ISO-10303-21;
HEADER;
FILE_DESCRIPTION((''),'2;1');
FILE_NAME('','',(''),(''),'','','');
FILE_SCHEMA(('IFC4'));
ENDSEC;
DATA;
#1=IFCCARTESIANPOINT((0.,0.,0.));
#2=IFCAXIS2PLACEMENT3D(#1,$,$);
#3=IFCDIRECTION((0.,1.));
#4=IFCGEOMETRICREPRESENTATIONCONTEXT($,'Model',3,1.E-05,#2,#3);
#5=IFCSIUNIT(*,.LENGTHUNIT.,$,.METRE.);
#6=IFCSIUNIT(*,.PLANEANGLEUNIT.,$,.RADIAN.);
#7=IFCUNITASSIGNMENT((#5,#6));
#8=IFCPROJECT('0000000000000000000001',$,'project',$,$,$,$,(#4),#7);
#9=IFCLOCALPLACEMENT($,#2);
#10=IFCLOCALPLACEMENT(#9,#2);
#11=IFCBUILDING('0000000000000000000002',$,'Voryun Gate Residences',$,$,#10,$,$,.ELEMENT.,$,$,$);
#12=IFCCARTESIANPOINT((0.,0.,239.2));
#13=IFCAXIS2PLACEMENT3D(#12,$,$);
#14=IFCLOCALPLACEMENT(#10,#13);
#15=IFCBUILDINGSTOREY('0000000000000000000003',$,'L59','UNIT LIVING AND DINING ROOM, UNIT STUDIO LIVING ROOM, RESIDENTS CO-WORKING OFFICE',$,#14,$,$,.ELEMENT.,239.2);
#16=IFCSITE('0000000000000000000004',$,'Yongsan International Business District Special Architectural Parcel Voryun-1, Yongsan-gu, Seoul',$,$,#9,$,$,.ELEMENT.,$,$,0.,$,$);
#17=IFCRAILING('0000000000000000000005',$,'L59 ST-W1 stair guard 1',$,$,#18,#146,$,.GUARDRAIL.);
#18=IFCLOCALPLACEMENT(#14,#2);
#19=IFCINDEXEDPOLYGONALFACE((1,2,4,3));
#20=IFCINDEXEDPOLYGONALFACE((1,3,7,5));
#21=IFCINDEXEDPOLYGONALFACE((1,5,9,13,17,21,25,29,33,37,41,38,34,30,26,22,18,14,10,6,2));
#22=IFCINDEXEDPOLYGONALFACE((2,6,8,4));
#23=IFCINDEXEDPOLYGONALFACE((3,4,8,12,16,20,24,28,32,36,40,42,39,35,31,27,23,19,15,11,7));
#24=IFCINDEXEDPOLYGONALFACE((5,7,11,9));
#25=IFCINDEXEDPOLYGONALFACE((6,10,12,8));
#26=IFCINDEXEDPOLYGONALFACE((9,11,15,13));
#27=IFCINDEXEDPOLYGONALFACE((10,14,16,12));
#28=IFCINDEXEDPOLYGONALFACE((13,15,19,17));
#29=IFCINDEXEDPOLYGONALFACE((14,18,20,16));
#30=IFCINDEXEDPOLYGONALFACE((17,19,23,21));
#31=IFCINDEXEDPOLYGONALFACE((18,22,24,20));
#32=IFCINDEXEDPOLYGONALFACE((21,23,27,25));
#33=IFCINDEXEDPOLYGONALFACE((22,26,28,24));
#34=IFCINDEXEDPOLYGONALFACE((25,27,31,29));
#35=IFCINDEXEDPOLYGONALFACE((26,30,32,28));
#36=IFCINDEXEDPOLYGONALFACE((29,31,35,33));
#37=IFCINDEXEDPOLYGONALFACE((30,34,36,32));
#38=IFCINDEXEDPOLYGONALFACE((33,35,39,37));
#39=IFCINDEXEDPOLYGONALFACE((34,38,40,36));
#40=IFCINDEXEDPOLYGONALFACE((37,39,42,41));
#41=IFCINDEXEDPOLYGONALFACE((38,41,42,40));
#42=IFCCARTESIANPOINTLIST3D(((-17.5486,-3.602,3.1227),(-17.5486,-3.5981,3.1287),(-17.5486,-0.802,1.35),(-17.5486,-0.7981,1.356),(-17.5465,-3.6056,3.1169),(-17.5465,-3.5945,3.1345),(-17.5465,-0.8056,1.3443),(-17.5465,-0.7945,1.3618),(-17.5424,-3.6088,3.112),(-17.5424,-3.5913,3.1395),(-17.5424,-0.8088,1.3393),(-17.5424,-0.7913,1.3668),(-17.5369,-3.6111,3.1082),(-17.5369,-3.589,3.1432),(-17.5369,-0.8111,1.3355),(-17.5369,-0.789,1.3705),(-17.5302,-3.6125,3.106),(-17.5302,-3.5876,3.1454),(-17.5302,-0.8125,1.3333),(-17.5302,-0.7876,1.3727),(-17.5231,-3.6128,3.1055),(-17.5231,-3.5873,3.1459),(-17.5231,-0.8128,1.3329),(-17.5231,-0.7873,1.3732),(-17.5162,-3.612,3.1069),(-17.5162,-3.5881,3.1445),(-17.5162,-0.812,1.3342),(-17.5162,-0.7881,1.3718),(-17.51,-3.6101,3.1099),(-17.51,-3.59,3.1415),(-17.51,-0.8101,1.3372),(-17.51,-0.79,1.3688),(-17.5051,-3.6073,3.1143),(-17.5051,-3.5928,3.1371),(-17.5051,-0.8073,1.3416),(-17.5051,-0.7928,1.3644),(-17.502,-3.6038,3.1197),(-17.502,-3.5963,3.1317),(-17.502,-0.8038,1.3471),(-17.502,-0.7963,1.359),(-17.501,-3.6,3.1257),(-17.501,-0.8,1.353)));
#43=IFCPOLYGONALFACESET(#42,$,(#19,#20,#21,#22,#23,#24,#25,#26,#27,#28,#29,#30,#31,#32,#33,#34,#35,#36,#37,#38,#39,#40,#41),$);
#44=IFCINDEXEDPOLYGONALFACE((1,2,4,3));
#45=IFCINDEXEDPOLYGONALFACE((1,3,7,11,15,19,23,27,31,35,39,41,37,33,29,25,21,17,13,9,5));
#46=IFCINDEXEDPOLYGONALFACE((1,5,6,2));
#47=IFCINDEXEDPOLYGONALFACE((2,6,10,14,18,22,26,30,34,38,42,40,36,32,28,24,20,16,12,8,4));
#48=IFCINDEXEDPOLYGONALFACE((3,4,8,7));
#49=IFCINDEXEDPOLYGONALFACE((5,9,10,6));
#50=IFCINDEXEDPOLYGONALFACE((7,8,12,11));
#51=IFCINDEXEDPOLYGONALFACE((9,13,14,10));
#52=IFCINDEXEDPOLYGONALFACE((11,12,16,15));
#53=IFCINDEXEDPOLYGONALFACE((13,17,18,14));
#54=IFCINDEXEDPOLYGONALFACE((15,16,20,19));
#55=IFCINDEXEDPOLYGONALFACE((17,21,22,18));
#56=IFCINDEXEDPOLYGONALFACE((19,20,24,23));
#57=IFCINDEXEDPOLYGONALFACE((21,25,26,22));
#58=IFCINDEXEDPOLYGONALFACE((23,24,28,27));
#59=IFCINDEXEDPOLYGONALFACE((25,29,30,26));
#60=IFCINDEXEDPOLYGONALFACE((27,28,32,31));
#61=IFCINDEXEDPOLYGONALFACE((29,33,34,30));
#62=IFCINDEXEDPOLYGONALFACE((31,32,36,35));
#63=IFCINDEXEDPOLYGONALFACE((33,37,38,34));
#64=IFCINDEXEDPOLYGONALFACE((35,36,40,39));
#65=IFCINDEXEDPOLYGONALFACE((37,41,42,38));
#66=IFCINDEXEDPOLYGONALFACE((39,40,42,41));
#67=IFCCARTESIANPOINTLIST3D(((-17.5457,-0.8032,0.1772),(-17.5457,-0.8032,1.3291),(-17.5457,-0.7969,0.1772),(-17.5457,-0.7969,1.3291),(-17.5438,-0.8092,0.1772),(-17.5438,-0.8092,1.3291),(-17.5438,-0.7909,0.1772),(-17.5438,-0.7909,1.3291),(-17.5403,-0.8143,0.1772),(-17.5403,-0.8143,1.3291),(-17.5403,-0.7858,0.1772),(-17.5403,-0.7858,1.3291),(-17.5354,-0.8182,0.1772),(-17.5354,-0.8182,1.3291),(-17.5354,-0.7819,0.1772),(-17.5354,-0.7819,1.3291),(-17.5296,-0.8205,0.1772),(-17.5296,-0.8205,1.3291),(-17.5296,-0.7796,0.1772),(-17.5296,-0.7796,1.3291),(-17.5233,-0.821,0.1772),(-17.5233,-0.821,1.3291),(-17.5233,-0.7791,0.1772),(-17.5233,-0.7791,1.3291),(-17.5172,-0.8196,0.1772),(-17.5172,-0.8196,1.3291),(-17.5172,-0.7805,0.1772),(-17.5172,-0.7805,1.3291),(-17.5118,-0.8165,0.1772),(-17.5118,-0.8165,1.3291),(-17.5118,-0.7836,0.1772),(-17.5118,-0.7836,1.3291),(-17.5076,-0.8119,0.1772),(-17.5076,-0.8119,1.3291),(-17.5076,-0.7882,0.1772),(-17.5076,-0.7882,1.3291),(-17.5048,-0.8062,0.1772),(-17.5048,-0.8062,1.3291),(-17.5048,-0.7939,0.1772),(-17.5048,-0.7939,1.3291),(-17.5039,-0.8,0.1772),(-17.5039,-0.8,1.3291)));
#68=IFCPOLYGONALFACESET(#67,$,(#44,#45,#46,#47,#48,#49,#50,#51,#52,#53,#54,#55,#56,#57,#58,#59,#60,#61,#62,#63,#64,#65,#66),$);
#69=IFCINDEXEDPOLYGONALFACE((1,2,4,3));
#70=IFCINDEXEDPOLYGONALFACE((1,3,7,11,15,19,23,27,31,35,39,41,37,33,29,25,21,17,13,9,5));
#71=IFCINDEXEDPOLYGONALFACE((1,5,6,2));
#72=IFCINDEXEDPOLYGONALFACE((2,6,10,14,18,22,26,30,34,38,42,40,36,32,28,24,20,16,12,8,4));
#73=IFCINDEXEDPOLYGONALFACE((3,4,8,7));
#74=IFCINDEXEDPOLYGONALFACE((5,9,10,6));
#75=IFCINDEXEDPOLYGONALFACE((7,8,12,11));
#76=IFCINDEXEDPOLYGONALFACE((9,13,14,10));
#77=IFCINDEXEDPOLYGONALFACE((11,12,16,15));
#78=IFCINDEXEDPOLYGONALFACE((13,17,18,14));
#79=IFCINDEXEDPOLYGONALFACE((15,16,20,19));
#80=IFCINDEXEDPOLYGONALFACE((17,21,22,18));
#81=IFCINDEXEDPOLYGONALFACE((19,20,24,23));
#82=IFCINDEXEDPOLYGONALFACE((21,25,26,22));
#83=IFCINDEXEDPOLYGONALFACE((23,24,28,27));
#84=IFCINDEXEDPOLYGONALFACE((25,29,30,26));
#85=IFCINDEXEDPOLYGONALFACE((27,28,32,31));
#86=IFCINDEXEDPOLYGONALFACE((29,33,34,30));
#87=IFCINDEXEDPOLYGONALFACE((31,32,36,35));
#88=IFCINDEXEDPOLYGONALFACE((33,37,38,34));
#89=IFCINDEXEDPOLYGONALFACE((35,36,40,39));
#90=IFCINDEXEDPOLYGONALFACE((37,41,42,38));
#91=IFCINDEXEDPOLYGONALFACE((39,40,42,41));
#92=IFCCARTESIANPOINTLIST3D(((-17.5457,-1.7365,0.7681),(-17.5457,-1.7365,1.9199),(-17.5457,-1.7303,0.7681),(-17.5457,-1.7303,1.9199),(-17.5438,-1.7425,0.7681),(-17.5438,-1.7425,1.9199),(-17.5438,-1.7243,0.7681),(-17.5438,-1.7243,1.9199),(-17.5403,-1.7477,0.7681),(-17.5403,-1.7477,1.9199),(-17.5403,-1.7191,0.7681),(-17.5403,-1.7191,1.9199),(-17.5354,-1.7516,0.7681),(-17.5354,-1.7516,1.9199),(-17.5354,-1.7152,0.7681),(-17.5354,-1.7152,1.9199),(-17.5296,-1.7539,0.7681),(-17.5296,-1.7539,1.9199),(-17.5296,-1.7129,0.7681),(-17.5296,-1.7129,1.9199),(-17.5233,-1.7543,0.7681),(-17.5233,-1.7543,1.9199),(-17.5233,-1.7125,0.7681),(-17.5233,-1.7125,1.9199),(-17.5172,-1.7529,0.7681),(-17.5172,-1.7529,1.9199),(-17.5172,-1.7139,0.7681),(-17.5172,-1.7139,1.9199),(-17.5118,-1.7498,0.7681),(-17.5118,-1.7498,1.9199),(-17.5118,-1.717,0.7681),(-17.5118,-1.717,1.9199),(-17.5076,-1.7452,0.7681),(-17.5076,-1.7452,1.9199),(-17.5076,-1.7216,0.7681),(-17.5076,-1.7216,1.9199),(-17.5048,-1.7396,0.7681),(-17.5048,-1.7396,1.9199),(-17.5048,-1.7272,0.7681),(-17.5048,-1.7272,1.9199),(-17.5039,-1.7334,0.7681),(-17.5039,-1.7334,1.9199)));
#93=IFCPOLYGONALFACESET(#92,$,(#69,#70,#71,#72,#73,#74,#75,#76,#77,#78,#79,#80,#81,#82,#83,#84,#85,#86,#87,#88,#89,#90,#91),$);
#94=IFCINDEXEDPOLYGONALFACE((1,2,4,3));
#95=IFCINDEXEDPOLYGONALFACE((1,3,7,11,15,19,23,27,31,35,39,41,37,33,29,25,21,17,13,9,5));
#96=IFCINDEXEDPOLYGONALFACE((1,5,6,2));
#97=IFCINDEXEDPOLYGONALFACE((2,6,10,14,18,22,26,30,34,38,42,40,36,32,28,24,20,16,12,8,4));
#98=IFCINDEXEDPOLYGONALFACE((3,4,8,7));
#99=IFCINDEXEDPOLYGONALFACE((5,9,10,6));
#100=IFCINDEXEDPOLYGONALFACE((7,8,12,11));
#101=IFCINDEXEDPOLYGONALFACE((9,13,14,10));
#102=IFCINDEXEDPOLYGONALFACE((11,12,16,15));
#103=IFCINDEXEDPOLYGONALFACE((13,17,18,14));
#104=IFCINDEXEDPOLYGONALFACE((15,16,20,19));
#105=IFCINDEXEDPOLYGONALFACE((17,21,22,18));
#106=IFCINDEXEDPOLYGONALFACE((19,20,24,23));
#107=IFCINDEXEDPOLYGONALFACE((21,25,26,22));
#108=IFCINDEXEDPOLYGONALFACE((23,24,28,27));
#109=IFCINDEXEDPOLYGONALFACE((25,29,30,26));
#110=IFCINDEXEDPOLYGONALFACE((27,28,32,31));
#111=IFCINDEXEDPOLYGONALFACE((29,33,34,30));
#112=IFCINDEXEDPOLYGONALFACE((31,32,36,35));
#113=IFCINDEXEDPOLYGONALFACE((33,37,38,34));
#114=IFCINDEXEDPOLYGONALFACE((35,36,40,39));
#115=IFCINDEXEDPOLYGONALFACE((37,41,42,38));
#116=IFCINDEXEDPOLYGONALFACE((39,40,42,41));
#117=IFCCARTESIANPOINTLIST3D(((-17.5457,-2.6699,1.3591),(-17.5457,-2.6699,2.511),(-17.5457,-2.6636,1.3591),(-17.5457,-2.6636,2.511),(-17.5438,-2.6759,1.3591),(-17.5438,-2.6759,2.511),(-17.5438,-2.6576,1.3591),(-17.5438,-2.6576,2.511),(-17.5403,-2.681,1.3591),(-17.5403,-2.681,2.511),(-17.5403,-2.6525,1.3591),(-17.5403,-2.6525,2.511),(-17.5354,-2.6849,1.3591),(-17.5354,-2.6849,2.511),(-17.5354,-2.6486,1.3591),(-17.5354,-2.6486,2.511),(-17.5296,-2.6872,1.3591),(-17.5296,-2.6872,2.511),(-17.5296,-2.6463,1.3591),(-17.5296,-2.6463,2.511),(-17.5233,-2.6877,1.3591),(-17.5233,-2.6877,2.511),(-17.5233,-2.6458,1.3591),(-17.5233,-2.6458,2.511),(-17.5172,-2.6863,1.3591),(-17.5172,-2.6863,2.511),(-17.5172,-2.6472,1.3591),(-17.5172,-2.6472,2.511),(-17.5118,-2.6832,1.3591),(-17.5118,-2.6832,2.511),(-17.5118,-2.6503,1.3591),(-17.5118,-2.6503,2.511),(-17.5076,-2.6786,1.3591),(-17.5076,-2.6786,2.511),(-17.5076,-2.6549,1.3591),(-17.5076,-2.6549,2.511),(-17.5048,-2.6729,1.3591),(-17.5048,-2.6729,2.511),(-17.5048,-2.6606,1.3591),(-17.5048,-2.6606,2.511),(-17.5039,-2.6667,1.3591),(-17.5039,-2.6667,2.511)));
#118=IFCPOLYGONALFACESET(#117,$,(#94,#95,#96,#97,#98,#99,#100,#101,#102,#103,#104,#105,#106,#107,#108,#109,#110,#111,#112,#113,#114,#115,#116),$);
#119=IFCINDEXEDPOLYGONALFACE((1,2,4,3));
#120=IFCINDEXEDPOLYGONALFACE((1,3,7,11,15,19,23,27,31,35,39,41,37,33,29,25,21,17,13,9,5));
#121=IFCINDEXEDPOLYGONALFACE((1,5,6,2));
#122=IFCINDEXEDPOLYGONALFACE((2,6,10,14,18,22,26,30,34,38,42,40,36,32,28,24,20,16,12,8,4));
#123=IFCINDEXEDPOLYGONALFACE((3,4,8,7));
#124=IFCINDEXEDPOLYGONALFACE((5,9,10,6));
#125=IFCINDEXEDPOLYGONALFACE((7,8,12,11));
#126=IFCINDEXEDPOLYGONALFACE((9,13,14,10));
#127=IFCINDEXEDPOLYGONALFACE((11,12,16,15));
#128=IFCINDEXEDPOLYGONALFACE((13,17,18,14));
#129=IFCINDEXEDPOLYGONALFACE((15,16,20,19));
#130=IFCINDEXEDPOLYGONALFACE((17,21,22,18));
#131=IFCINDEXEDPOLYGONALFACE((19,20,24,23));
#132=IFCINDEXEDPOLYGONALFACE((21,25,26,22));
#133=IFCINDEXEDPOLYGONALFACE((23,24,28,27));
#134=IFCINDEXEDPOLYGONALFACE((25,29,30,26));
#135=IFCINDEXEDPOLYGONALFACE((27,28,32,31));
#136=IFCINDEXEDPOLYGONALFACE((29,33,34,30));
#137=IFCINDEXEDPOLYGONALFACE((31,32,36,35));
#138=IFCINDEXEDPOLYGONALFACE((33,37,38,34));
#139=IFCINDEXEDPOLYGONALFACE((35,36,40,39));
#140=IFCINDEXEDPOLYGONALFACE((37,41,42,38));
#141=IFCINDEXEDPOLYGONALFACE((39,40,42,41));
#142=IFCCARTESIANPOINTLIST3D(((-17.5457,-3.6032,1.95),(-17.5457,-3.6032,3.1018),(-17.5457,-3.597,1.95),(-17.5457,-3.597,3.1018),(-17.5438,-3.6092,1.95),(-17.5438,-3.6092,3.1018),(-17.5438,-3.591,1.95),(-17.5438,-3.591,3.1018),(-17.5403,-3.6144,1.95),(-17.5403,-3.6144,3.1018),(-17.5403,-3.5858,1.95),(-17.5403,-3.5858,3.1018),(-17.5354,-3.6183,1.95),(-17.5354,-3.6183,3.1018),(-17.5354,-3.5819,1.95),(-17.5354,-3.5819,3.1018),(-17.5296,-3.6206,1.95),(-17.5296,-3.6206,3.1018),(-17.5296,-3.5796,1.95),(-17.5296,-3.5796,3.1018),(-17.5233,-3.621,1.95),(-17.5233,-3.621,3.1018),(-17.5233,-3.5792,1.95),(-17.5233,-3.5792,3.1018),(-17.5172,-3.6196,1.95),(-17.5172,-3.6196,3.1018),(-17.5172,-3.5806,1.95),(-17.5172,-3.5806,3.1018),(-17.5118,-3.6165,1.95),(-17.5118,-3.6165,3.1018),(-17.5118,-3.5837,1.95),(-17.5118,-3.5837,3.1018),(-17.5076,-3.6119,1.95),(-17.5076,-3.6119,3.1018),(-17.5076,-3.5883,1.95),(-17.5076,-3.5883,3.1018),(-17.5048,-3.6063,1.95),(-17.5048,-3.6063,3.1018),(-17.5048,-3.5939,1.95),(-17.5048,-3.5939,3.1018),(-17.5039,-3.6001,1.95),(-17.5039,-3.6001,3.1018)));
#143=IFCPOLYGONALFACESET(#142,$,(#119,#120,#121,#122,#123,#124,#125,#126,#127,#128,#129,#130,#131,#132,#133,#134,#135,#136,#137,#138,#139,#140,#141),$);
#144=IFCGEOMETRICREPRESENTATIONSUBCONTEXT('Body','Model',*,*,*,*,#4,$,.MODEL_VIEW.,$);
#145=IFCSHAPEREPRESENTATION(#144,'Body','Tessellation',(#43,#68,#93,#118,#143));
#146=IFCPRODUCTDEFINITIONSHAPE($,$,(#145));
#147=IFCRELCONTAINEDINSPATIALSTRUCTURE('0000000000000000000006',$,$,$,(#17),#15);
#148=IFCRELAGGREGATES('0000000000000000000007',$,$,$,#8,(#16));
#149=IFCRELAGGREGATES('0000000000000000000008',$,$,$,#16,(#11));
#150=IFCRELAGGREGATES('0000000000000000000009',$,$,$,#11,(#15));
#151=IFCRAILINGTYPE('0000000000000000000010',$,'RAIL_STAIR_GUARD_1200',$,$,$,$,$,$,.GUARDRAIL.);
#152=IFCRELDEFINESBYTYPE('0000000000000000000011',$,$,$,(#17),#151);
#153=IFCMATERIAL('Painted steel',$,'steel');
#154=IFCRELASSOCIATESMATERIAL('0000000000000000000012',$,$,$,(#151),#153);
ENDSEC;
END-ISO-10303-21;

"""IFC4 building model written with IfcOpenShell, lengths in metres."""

from ifc_helpers import new_model, si_unit, direction, frame, origin, origin_2d, place, context, subcontext, project, spatial, circle, extrude, material, type_object, element, save


model = new_model("IFC4")

# Units and contexts
model_context = context("Model", 3, precision=1e-05, world=origin(), true_north=direction((0.0, 1.0)))
body_context = subcontext(model_context, "Body", "Model", "MODEL_VIEW")
ifc_project = project(units=[si_unit("LENGTHUNIT", "METRE"), si_unit("PLANEANGLEUNIT", "RADIAN")], contexts=[model_context])

# Site, building, storey
site_placement = place(None, origin())
site = spatial("IfcSite", under=ifc_project, at=site_placement, Name="Yongsan International Business District Special Architectural Parcel Voryun-1, Yongsan-gu, Seoul", CompositionType="ELEMENT", RefElevation=0.0)
building_placement = place(site_placement, origin())
building = spatial("IfcBuilding", under=site, at=building_placement, Name="Voryun Gate Residences", CompositionType="ELEMENT")
storey_placement = place(building_placement, frame((0.0, 0.0, 239.2)))
storey = spatial("IfcBuildingStorey", under=building, at=storey_placement, Name="L59", Description="UNIT LIVING AND DINING ROOM, UNIT STUDIO LIVING ROOM, RESIDENTS CO-WORKING OFFICE", CompositionType="ELEMENT", Elevation=239.2)

# Railing
ifc_material_1 = material(Name="Painted steel", Category="steel")
railing_type_1 = type_object("IfcRailingType", Name="RAIL_STAIR_GUARD_1200", PredefinedType="GUARDRAIL", material=ifc_material_1)
railing_1_placement = place(storey_placement, frame((-17.5249, -0.8, 0.1772)))
element("IfcRailing", 1, at=railing_1_placement, inside=storey, type_object=railing_type_1, Name="L59 ST-W1 stair guard 1", PredefinedType="GUARDRAIL", context=body_context, shape_type="SweptSolid", body=[
    extrude(circle(Radius=0.0239, at=origin_2d()), frame((0.0, 0.0, 1.1758), z_axis=(0.0, -0.844909, 0.53491), x_axis=(1.0, 0.0, 0.0)), (0.0, 0.0, 1.0), 3.314),
    extrude(circle(Radius=0.021, at=origin_2d()), origin(), (0.0, 0.0, 1.0), 1.1519),
    extrude(circle(Radius=0.021, at=origin_2d()), frame((0.0, -0.9333, 0.5908)), (0.0, 0.0, 1.0), 1.1519),
    extrude(circle(Radius=0.021, at=origin_2d()), frame((0.0, -1.8667, 1.1819)), (0.0, 0.0, 1.0), 1.1519),
    extrude(circle(Radius=0.021, at=origin_2d()), frame((0.0, -2.8, 1.7727)), (0.0, 0.0, 1.0), 1.1519),
])

save(model, "model.ifc")
